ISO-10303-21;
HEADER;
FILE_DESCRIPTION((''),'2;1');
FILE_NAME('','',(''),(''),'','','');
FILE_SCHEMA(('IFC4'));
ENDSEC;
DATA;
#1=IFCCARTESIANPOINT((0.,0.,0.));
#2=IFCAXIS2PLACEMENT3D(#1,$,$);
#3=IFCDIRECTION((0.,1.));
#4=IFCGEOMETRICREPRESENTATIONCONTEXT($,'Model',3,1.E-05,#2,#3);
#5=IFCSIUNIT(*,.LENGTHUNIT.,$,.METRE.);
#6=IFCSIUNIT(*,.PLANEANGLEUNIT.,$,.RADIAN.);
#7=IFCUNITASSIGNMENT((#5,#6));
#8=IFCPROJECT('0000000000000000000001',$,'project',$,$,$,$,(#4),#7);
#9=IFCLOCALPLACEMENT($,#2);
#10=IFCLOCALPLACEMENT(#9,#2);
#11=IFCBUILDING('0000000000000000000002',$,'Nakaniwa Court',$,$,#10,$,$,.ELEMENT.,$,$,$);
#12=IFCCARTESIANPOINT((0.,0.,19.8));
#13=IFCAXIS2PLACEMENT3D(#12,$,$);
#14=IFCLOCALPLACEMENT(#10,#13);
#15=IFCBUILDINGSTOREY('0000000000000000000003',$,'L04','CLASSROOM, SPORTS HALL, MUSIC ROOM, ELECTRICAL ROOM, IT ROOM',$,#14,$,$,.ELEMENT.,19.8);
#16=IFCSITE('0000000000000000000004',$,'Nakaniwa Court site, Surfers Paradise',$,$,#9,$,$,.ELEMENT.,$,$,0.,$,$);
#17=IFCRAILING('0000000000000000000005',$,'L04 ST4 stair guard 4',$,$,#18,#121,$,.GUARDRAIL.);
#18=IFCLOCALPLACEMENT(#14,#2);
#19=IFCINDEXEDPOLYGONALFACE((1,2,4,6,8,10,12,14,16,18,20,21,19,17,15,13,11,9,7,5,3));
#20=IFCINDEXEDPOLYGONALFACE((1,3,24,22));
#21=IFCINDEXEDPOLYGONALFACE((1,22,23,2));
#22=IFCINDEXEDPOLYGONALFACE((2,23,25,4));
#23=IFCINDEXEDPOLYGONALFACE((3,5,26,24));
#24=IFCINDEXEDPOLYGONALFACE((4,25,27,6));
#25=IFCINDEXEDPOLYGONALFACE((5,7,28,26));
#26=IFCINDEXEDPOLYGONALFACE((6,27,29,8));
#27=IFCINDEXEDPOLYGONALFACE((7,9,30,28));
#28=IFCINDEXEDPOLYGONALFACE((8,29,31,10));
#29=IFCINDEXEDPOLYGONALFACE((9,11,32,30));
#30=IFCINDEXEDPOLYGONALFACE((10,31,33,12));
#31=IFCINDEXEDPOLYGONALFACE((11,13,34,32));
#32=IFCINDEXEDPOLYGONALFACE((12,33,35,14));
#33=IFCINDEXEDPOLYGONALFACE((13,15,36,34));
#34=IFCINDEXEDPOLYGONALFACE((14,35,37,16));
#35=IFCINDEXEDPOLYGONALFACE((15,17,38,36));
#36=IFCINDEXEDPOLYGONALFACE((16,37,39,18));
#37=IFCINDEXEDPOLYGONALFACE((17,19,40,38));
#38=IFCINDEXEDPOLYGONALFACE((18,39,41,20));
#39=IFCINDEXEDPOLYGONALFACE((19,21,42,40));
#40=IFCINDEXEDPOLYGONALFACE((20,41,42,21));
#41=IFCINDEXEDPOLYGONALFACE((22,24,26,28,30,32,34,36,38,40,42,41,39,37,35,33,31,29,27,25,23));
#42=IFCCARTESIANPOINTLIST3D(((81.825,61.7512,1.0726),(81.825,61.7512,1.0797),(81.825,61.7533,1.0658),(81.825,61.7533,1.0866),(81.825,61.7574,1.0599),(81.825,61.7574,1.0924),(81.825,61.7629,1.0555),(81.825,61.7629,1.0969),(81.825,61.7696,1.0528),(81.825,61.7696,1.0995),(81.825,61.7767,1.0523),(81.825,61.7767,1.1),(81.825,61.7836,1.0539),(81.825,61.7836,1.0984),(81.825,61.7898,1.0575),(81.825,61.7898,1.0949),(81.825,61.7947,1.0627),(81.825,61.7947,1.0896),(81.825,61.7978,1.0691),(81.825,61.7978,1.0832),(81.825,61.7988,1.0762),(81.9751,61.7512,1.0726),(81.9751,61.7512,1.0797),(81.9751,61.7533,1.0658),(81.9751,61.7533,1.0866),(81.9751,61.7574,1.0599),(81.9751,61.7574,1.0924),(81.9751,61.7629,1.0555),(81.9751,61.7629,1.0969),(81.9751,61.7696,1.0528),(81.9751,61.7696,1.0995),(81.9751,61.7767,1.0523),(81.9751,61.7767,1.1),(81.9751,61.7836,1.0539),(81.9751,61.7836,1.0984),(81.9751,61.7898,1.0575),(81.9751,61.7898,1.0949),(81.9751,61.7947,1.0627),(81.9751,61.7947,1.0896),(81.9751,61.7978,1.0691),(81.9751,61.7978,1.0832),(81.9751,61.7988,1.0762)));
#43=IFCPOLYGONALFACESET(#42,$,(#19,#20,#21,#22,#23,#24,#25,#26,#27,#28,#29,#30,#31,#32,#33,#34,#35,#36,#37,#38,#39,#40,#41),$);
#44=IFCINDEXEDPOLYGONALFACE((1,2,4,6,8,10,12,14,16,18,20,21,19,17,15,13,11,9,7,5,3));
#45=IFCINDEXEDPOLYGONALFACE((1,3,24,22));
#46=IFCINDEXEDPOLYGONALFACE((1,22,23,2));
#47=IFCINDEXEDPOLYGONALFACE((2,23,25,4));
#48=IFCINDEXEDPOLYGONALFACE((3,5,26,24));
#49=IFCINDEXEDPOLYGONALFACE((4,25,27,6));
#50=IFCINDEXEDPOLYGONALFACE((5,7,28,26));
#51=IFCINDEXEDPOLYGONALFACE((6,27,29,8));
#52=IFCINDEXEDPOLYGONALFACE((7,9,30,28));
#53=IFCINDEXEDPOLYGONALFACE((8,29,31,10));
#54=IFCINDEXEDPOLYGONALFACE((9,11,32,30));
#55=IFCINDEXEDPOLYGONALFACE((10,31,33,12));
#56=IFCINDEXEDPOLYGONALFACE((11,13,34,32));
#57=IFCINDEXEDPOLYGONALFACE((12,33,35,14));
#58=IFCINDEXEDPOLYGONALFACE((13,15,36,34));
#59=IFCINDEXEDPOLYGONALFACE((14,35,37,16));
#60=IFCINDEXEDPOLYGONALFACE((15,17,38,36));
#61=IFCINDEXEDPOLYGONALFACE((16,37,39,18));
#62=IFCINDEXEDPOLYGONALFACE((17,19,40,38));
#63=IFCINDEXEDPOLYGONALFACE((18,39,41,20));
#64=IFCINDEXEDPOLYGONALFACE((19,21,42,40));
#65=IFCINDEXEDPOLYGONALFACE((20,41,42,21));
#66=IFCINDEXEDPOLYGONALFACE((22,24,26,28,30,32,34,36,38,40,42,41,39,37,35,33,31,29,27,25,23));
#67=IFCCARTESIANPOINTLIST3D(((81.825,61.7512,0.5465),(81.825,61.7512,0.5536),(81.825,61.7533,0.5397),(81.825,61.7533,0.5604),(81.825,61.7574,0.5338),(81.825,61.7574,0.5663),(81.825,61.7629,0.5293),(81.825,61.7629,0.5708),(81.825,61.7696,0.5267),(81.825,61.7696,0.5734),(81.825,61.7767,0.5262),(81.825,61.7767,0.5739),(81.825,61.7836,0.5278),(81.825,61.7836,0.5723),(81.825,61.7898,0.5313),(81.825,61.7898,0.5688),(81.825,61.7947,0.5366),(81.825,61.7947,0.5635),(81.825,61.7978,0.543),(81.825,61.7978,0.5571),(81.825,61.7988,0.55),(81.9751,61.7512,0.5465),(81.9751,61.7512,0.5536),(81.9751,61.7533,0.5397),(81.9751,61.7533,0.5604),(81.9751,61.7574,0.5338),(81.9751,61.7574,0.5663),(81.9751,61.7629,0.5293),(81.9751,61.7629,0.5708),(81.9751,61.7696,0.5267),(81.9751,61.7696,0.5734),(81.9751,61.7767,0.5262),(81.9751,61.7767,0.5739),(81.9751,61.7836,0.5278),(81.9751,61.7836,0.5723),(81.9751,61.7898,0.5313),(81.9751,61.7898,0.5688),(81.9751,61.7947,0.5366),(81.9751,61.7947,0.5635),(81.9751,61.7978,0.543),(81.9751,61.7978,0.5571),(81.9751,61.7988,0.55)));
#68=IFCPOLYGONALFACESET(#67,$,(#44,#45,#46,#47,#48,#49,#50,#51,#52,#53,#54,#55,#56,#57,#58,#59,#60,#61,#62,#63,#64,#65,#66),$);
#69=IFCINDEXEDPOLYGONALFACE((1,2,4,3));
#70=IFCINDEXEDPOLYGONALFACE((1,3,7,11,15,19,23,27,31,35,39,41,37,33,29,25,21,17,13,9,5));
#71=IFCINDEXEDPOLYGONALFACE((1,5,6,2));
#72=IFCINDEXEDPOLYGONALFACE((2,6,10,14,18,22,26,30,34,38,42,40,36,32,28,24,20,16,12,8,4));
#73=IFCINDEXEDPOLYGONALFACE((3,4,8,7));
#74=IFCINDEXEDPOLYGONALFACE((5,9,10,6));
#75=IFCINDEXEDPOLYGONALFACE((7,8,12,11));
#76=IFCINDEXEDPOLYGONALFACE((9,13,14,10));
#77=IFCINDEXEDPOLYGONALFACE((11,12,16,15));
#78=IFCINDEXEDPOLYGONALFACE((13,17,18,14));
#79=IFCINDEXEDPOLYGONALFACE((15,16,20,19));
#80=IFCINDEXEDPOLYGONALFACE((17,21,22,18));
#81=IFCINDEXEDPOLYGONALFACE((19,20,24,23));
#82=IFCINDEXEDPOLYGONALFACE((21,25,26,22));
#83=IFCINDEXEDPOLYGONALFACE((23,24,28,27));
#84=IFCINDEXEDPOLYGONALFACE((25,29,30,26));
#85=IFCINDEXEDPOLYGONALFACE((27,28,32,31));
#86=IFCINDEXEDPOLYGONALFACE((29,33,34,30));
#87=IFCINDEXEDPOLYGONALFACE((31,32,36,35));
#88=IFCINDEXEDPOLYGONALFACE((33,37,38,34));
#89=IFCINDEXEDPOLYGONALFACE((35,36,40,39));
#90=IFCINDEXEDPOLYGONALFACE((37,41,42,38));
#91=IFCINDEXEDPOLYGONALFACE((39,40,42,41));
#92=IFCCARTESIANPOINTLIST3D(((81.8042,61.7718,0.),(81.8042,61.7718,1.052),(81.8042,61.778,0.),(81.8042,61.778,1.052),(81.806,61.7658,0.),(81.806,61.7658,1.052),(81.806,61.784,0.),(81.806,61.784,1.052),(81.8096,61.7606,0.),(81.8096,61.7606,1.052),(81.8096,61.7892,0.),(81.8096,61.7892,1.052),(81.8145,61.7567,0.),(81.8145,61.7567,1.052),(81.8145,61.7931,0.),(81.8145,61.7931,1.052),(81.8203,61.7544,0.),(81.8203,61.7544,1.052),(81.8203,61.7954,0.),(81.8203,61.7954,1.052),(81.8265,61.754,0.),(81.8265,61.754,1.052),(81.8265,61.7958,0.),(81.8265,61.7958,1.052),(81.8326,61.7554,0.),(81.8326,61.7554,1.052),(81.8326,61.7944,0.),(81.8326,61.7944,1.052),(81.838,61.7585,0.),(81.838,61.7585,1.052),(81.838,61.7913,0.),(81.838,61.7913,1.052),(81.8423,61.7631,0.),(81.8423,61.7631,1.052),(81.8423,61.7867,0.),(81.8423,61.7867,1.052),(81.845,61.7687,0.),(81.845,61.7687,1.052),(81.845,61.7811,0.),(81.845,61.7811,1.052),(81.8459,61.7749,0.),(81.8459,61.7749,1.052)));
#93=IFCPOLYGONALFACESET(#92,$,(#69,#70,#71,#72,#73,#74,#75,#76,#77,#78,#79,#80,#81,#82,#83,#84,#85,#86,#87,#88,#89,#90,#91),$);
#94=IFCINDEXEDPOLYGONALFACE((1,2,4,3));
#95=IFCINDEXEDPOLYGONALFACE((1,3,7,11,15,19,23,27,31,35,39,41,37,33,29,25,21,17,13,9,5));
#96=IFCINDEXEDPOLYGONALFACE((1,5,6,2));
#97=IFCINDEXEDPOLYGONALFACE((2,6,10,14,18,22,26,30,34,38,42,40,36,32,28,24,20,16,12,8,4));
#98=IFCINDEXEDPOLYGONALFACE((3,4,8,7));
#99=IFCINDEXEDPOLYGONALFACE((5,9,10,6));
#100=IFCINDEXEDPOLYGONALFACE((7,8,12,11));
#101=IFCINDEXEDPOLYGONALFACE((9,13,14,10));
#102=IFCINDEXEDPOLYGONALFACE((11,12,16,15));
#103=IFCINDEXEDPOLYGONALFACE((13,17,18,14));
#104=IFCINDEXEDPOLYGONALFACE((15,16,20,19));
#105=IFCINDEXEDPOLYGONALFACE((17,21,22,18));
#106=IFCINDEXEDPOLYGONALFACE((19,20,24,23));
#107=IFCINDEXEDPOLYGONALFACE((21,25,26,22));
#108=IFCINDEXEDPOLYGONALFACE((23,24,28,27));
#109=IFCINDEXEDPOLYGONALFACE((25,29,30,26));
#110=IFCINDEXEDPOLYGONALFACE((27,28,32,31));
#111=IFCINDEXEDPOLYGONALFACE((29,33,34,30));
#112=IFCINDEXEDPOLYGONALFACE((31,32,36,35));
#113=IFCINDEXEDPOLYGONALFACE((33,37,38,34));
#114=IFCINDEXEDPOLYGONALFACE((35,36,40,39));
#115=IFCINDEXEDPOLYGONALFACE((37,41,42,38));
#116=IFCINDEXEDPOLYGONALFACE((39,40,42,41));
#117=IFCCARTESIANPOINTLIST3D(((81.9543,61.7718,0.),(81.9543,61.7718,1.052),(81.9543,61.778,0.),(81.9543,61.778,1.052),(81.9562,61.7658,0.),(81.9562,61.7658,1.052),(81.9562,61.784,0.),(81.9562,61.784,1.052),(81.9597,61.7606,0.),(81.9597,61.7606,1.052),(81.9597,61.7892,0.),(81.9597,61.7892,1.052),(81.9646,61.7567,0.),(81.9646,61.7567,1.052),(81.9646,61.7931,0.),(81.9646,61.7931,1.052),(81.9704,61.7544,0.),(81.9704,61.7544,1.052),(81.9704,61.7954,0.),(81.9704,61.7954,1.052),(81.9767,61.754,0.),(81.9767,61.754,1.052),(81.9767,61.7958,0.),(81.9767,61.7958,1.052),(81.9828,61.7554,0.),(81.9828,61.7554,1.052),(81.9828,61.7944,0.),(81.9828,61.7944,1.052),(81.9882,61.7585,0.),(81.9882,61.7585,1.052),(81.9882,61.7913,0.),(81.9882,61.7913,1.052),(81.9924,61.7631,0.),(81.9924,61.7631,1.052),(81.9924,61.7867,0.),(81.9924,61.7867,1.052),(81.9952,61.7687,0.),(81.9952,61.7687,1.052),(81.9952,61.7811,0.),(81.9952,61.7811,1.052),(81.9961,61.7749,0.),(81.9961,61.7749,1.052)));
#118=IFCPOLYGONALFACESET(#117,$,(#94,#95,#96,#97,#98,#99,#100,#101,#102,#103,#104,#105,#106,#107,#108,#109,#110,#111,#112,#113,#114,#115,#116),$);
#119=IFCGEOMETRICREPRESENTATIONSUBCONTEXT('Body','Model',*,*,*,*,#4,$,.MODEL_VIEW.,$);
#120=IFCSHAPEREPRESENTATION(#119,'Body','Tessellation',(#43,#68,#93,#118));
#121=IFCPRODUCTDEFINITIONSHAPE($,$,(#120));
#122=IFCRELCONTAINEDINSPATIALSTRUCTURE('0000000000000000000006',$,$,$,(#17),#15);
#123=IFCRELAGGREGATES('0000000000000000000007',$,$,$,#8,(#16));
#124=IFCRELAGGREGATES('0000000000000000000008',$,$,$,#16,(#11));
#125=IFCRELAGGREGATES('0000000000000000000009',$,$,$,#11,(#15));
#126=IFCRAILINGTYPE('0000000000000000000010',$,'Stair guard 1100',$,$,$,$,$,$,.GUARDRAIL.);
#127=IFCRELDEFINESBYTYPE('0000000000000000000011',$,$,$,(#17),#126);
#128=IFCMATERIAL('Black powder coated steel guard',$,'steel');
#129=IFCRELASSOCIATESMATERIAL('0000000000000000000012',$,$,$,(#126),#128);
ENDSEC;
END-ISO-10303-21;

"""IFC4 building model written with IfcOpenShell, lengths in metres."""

from ifc_helpers import new_model, si_unit, direction, frame, origin, origin_2d, place, context, subcontext, project, spatial, circle, extrude, material, type_object, element, save


model = new_model("IFC4")

# Units and contexts
model_context = context("Model", 3, precision=1e-05, world=origin(), true_north=direction((0.0, 1.0)))
body_context = subcontext(model_context, "Body", "Model", "MODEL_VIEW")
ifc_project = project(units=[si_unit("LENGTHUNIT", "METRE"), si_unit("PLANEANGLEUNIT", "RADIAN")], contexts=[model_context])

# Site, building, storey
site_placement = place(None, origin())
site = spatial("IfcSite", under=ifc_project, at=site_placement, Name="Nakaniwa Court site, Surfers Paradise", CompositionType="ELEMENT", RefElevation=0.0)
building_placement = place(site_placement, origin())
building = spatial("IfcBuilding", under=site, at=building_placement, Name="Nakaniwa Court", CompositionType="ELEMENT")
storey_placement = place(building_placement, frame((0.0, 0.0, 19.8)))
storey = spatial("IfcBuildingStorey", under=building, at=storey_placement, Name="L04", Description="CLASSROOM, SPORTS HALL, MUSIC ROOM, ELECTRICAL ROOM, IT ROOM", CompositionType="ELEMENT", Elevation=19.8)

# Railing
ifc_material_1 = material(Name="Black powder coated steel guard", Category="steel")
railing_type_1 = type_object("IfcRailingType", Name="Stair guard 1100", PredefinedType="GUARDRAIL", material=ifc_material_1)
railing_1_placement = place(storey_placement, frame((81.825, 61.7749, 0.0)))
element("IfcRailing", 1, at=railing_1_placement, inside=storey, type_object=railing_type_1, Name="L04 ST4 stair guard 4", PredefinedType="GUARDRAIL", context=body_context, shape_type="SweptSolid", body=[
    extrude(circle(Radius=0.0239, at=origin_2d()), frame((0.0, 0.0, 1.0762), z_axis=(1.0, 0.0, 0.0), x_axis=(0.0, 1.0, 0.0)), (0.0, 0.0, 1.0), 0.1501),
    extrude(circle(Radius=0.0239, at=origin_2d()), frame((0.0, 0.0, 0.55), z_axis=(1.0, 0.0, 0.0), x_axis=(0.0, 1.0, 0.0)), (0.0, 0.0, 1.0), 0.1501),
    extrude(circle(Radius=0.021, at=origin_2d()), origin(), (0.0, 0.0, 1.0), 1.052),
    extrude(circle(Radius=0.021, at=origin_2d()), frame((0.1501, 0.0, 0.0)), (0.0, 0.0, 1.0), 1.052),
])

save(model, "model.ifc")
